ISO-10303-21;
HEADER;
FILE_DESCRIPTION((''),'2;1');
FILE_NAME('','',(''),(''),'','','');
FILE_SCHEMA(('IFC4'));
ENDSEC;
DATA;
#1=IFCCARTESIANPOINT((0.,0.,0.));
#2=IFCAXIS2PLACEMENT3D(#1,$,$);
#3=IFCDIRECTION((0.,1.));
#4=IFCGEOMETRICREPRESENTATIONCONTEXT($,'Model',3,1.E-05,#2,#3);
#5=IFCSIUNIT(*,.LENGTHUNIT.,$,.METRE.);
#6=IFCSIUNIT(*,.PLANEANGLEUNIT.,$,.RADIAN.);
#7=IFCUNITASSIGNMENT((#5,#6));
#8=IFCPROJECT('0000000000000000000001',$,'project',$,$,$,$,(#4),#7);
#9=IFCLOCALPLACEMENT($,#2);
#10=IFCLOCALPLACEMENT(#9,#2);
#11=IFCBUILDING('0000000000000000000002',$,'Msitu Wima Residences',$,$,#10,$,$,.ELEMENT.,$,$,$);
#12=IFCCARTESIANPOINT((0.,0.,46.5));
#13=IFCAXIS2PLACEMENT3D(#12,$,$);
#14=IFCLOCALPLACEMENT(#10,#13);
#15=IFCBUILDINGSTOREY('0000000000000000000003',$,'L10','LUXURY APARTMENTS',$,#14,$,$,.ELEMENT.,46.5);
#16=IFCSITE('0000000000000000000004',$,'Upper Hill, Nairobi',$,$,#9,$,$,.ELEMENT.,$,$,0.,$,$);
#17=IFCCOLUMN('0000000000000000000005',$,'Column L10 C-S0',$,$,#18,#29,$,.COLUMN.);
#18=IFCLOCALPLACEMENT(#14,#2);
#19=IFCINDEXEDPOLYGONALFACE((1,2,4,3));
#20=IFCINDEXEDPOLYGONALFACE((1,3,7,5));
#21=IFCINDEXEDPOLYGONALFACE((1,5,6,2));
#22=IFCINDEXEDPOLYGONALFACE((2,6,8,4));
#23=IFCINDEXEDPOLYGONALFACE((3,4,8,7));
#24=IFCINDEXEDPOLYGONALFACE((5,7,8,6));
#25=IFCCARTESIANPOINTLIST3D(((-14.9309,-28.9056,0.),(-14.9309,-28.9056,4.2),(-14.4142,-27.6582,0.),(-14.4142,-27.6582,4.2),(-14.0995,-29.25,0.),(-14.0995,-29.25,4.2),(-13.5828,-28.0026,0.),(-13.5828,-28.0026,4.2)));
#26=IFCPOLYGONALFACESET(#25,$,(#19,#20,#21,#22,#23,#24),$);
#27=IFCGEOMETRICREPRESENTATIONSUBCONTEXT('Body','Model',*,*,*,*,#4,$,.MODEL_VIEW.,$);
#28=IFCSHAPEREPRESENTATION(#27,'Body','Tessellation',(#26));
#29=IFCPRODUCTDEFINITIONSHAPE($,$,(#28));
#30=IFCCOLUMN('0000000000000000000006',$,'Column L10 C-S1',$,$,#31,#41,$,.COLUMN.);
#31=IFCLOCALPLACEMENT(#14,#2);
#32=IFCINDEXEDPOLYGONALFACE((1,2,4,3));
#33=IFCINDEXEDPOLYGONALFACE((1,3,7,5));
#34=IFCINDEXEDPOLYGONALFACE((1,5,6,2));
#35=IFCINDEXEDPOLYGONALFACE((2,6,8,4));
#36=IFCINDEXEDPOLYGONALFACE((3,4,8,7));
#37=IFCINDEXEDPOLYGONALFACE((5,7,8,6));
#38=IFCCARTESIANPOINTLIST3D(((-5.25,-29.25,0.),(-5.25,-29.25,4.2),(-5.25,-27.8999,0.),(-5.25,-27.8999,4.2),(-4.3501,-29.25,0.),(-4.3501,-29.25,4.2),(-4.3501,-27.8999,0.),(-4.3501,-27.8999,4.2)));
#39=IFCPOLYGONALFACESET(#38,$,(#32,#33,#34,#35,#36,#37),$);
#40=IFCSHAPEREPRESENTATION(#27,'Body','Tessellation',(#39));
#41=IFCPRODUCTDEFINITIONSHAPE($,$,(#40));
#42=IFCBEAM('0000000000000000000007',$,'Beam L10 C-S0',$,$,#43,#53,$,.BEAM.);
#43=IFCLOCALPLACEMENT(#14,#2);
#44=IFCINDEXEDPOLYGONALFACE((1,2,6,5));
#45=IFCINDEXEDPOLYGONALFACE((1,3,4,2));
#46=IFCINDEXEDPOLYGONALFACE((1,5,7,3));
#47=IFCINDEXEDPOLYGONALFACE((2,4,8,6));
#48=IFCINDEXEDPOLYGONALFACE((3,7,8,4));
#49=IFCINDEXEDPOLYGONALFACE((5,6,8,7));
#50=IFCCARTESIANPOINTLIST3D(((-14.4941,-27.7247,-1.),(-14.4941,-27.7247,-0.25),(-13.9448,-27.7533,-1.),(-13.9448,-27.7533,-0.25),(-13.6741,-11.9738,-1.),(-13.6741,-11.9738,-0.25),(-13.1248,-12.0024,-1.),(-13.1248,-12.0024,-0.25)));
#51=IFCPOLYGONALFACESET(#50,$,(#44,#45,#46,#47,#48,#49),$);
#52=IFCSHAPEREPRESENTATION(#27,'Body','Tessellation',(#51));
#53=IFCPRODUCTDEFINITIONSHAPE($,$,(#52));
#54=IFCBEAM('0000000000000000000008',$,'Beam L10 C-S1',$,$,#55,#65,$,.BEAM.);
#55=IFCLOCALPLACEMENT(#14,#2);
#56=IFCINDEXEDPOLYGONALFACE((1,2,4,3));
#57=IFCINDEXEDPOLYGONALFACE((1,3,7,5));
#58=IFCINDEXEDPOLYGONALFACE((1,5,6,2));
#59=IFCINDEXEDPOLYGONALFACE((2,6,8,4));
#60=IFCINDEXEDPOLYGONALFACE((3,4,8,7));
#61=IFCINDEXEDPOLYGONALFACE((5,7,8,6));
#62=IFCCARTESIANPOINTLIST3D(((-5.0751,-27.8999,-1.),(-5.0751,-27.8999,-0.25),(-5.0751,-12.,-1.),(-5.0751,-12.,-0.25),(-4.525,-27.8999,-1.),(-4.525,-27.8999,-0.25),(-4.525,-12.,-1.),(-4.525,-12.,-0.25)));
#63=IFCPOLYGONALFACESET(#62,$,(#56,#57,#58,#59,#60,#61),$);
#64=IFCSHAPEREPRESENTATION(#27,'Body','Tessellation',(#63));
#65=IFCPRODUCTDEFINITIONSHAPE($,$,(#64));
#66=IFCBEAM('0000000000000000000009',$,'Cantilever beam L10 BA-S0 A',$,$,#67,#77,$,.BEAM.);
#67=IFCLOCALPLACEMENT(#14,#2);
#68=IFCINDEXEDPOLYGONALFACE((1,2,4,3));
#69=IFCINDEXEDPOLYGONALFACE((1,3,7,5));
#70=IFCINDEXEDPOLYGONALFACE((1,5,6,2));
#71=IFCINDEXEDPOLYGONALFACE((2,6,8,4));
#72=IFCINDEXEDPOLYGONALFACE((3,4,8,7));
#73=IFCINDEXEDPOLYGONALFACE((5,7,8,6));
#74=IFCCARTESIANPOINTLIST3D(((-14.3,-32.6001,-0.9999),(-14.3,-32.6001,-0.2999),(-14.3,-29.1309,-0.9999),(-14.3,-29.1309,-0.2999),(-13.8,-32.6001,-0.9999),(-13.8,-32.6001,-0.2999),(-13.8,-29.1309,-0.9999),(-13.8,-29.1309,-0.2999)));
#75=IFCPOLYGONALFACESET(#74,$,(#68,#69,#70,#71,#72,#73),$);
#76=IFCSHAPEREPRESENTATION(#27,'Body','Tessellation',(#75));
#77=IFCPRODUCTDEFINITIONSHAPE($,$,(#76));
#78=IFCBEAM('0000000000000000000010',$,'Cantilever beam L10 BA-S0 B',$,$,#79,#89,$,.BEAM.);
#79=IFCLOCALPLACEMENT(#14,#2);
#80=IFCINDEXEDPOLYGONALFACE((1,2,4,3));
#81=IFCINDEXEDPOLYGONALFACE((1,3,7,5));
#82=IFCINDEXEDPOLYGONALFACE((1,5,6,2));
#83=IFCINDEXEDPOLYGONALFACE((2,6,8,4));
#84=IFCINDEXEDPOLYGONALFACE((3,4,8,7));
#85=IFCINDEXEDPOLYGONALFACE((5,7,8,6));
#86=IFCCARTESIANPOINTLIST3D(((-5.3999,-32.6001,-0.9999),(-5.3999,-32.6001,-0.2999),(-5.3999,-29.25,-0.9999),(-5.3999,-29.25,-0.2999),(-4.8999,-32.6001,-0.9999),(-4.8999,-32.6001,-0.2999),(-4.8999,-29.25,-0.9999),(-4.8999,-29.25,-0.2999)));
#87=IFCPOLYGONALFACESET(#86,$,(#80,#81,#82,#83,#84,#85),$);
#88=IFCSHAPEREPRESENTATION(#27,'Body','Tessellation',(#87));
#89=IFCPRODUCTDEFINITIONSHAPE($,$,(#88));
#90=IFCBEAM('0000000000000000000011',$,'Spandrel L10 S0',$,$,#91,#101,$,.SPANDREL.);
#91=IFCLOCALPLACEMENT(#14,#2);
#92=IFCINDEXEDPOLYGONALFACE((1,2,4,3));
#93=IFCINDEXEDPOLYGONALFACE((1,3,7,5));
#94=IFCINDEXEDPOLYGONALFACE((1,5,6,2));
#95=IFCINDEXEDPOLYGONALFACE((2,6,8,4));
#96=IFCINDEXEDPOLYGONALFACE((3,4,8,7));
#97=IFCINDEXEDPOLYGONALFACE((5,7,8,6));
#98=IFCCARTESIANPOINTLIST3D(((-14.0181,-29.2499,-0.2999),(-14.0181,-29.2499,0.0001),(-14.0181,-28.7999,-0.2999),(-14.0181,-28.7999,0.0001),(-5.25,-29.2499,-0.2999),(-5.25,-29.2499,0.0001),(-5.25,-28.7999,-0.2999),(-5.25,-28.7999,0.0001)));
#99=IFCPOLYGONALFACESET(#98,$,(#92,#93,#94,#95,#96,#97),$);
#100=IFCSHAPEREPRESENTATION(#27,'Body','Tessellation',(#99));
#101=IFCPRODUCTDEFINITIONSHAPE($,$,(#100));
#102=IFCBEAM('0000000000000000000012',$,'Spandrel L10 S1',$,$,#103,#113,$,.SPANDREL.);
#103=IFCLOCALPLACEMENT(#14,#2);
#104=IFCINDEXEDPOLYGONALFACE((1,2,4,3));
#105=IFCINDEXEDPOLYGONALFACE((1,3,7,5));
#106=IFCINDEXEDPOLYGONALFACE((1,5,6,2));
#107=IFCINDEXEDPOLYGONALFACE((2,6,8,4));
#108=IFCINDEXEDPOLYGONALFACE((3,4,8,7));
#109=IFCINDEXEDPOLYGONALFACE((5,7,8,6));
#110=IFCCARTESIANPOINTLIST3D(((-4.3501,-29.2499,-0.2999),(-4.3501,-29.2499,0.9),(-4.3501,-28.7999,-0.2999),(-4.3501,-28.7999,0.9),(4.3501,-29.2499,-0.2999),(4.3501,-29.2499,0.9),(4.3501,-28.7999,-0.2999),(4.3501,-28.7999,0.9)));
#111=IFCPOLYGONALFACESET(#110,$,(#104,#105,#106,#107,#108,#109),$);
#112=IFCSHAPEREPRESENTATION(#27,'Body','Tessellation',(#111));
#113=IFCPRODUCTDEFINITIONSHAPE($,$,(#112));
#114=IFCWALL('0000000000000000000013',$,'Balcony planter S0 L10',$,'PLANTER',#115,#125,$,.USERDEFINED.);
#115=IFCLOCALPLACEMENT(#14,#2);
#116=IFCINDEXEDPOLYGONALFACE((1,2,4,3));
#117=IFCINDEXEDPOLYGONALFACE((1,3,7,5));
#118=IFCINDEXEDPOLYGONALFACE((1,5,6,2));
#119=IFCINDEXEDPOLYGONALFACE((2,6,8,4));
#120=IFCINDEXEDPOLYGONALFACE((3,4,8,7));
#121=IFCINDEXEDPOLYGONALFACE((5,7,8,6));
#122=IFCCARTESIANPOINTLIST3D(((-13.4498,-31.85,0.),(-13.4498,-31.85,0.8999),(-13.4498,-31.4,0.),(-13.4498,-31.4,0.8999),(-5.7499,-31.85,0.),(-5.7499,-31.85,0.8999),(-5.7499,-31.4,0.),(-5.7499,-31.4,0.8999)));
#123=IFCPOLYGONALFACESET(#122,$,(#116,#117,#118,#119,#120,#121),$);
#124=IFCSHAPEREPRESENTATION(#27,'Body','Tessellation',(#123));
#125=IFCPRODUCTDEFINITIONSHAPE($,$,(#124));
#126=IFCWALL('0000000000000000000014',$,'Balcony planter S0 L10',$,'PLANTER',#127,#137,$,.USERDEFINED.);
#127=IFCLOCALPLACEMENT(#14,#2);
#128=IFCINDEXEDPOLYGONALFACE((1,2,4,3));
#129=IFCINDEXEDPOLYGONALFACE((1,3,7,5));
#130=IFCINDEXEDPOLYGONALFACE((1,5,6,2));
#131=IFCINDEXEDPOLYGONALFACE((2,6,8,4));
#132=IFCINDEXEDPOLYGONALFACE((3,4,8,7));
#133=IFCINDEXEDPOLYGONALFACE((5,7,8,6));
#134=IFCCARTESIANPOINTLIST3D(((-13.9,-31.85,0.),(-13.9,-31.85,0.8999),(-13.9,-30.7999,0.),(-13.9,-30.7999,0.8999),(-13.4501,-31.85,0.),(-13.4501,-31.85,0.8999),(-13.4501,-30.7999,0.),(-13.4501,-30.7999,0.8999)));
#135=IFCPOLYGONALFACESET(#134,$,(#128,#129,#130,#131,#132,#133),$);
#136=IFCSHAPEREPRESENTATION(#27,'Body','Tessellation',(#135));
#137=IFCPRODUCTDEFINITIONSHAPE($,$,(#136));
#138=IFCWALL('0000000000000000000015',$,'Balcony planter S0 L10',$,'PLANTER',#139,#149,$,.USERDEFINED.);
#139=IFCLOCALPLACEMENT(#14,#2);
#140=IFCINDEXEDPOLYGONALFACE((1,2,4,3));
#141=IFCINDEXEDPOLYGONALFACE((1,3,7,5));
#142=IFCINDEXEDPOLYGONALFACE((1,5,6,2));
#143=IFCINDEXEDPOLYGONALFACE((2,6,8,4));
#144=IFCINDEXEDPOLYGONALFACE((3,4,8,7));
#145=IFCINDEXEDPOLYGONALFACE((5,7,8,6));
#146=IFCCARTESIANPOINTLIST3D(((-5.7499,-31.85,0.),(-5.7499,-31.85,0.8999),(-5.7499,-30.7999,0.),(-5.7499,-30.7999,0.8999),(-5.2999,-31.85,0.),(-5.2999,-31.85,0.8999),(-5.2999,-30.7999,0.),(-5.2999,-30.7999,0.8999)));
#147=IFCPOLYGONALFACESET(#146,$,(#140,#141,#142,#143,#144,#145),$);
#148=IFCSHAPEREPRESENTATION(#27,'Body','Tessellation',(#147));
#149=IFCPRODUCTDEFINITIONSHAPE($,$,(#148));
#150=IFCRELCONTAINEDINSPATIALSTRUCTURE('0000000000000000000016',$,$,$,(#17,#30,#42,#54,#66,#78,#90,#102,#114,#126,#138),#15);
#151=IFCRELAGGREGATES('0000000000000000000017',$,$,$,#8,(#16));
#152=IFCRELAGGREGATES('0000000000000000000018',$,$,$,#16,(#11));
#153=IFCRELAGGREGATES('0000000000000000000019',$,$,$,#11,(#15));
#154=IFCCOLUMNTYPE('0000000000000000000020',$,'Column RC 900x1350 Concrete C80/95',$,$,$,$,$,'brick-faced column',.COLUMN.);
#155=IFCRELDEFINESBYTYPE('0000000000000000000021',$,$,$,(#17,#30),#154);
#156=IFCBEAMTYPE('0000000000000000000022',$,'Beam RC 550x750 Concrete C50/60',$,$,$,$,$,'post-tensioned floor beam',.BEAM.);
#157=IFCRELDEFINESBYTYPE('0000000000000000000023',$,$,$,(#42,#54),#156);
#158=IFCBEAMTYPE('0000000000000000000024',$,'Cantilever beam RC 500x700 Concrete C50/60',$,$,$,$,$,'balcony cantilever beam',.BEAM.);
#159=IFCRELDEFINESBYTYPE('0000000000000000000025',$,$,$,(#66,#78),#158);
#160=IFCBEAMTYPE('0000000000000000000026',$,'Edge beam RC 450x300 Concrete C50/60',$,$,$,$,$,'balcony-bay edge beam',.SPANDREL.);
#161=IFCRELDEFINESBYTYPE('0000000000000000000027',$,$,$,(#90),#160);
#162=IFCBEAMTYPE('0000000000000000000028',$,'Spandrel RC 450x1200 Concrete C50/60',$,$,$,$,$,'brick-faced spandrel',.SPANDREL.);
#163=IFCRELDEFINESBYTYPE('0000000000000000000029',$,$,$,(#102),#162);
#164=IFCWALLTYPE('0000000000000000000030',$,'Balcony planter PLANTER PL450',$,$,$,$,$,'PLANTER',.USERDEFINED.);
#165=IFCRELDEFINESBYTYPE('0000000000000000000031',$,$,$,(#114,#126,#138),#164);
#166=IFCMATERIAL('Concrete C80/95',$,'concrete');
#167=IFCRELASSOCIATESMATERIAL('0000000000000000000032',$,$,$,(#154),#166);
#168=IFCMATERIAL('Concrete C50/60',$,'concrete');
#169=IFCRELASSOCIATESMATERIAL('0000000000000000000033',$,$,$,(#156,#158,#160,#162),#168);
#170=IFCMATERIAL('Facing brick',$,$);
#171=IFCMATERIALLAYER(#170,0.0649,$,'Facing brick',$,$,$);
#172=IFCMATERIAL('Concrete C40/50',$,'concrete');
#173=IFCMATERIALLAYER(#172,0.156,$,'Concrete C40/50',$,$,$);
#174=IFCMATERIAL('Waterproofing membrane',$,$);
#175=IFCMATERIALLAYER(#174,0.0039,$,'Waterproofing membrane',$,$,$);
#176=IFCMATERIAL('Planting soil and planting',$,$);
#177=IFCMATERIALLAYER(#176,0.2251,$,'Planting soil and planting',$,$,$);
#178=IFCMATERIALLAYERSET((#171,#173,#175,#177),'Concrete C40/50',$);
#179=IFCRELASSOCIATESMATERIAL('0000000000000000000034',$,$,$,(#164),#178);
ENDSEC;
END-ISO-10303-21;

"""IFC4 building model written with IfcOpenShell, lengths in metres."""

from ifc_helpers import new_model, si_unit, direction, frame, frame_2d, origin, origin_2d, place, context, subcontext, project, spatial, rectangle, extrude, material, layer, layer_set, material_profile, profile_set, type_object, element, save


model = new_model("IFC4")

# Units and contexts
model_context = context("Model", 3, precision=1e-05, world=origin(), true_north=direction((0.0, 1.0)))
body_context = subcontext(model_context, "Body", "Model", "MODEL_VIEW")
ifc_project = project(units=[si_unit("LENGTHUNIT", "METRE"), si_unit("PLANEANGLEUNIT", "RADIAN")], contexts=[model_context])

# Site, building, storey
site_placement = place(None, origin())
site = spatial("IfcSite", under=ifc_project, at=site_placement, Name="Upper Hill, Nairobi", CompositionType="ELEMENT", RefElevation=0.0)
building_placement = place(site_placement, origin())
building = spatial("IfcBuilding", under=site, at=building_placement, Name="Msitu Wima Residences", CompositionType="ELEMENT")
storey_placement = place(building_placement, frame((0.0, 0.0, 46.5)))
storey = spatial("IfcBuildingStorey", under=building, at=storey_placement, Name="L10", Description="LUXURY APARTMENTS", CompositionType="ELEMENT", Elevation=46.5)

# Columns
ifc_material_1 = material(Name="Concrete C80/95", Category="concrete")
ifc_material_profile_1 = material_profile(ifc_material_1, rectangle(XDim=0.8999, YDim=1.3501, at=origin_2d()), Name="RC 900x1350")
ifc_profile_set_1 = profile_set([ifc_material_profile_1], Name="Concrete C80/95")
column_type = type_object("IfcColumnType", Name="Column RC 900x1350 Concrete C80/95", ElementType="brick-faced column", PredefinedType="COLUMN", material=ifc_profile_set_1)
for number, where, z_axis, x_axis, name in (
    (1, (-14.2568, -28.4541, 0.0), (0.0, 0.0, 1.0), (0.92388, -0.382683, 0.0), "Column L10 C-S0"),
    (2, (-4.8, -28.575, 0.0), (0.0, 0.0, 1.0), (1.0, 0.0, 0.0), "Column L10 C-S1"),
):
    element("IfcColumn", number, at=place(storey_placement, frame(where, z_axis=z_axis, x_axis=x_axis)), inside=storey, type_object=column_type, Name=name, PredefinedType="COLUMN", context=body_context, shape_type="SweptSolid", body=[
        extrude(rectangle(XDim=0.8999, YDim=1.3501, at=origin_2d()), origin(), (0.0, 0.0, 1.0), 4.2),
    ])

# Beams
ifc_material_2 = material(Name="Concrete C50/60", Category="concrete")
ifc_material_profile_2 = material_profile(ifc_material_2, rectangle(XDim=0.55, YDim=0.75, at=origin_2d()), Name="RC 550x750")
ifc_profile_set_2 = profile_set([ifc_material_profile_2], Name="Concrete C50/60")
beam_type_1 = type_object("IfcBeamType", Name="Beam RC 550x750 Concrete C50/60", ElementType="post-tensioned floor beam", PredefinedType="BEAM", material=ifc_profile_set_2)
beam_1_placement = place(storey_placement, frame((-14.2195, -27.739, -0.625), z_axis=(0.051994, 0.998647, 0.0), x_axis=(-0.998647, 0.051994, 0.0)))
element("IfcBeam", 3, at=beam_1_placement, inside=storey, type_object=beam_type_1, Name="Beam L10 C-S0", PredefinedType="BEAM", context=body_context, shape_type="SweptSolid", body=[
    extrude(rectangle(XDim=0.55, YDim=0.75, at=origin_2d()), origin(), (0.0, 0.0, 1.0), 15.7722),
])
beam_2_placement = place(storey_placement, frame((-4.8, -27.8999, -0.625), z_axis=(0.0, 1.0, 0.0), x_axis=(-1.0, 0.0, 0.0)))
element("IfcBeam", 4, at=beam_2_placement, inside=storey, type_object=beam_type_1, Name="Beam L10 C-S1", PredefinedType="BEAM", context=body_context, shape_type="SweptSolid", body=[
    extrude(rectangle(XDim=0.55, YDim=0.75, at=origin_2d()), origin(), (0.0, 0.0, 1.0), 15.8999),
])
ifc_material_profile_3 = material_profile(ifc_material_2, rectangle(XDim=0.5, YDim=0.7, at=origin_2d()), Name="RC 500x700")
ifc_profile_set_3 = profile_set([ifc_material_profile_3], Name="Concrete C50/60")
beam_type_2 = type_object("IfcBeamType", Name="Cantilever beam RC 500x700 Concrete C50/60", ElementType="balcony cantilever beam", PredefinedType="BEAM", material=ifc_profile_set_3)
beam_3_placement = place(storey_placement, frame((-14.05, -29.1309, -0.6499), z_axis=(0.0, -1.0, 0.0), x_axis=(1.0, 0.0, 0.0)))
element("IfcBeam", 5, at=beam_3_placement, inside=storey, type_object=beam_type_2, Name="Cantilever beam L10 BA-S0 A", PredefinedType="BEAM", context=body_context, shape_type="SweptSolid", body=[
    extrude(rectangle(XDim=0.5, YDim=0.7, at=origin_2d()), origin(), (0.0, 0.0, 1.0), 3.4692),
])
beam_4_placement = place(storey_placement, frame((-5.1499, -29.25, -0.6499), z_axis=(0.0, -1.0, 0.0), x_axis=(1.0, 0.0, 0.0)))
element("IfcBeam", 6, at=beam_4_placement, inside=storey, type_object=beam_type_2, Name="Cantilever beam L10 BA-S0 B", PredefinedType="BEAM", context=body_context, shape_type="SweptSolid", body=[
    extrude(rectangle(XDim=0.5, YDim=0.7, at=origin_2d()), origin(), (0.0, 0.0, 1.0), 3.3501),
])
ifc_material_profile_4 = material_profile(ifc_material_2, rectangle(XDim=0.45, YDim=0.3, at=origin_2d()), Name="RC 450x300")
ifc_profile_set_4 = profile_set([ifc_material_profile_4], Name="Concrete C50/60")
beam_type_3 = type_object("IfcBeamType", Name="Edge beam RC 450x300 Concrete C50/60", ElementType="balcony-bay edge beam", PredefinedType="SPANDREL", material=ifc_profile_set_4)
beam_5_placement = place(storey_placement, frame((-14.0181, -29.0249, -0.1499), z_axis=(1.0, 0.0, 0.0), x_axis=(0.0, 1.0, 0.0)))
element("IfcBeam", 7, at=beam_5_placement, inside=storey, type_object=beam_type_3, Name="Spandrel L10 S0", PredefinedType="SPANDREL", context=body_context, shape_type="SweptSolid", body=[
    extrude(rectangle(XDim=0.45, YDim=0.3, at=origin_2d()), origin(), (0.0, 0.0, 1.0), 8.7681),
])
ifc_material_profile_5 = material_profile(ifc_material_2, rectangle(XDim=0.45, YDim=1.2, at=origin_2d()), Name="RC 450x1200")
ifc_profile_set_5 = profile_set([ifc_material_profile_5], Name="Concrete C50/60")
beam_type_4 = type_object("IfcBeamType", Name="Spandrel RC 450x1200 Concrete C50/60", ElementType="brick-faced spandrel", PredefinedType="SPANDREL", material=ifc_profile_set_5)
beam_6_placement = place(storey_placement, frame((-4.3501, -29.0249, 0.3), z_axis=(1.0, 0.0, 0.0), x_axis=(0.0, 1.0, 0.0)))
element("IfcBeam", 8, at=beam_6_placement, inside=storey, type_object=beam_type_4, Name="Spandrel L10 S1", PredefinedType="SPANDREL", context=body_context, shape_type="SweptSolid", body=[
    extrude(rectangle(XDim=0.45, YDim=1.2, at=origin_2d()), origin(), (0.0, 0.0, 1.0), 8.7002),
])

# Walls
ifc_material_3 = material(Name="Facing brick")
ifc_layer_1 = layer(ifc_material_3, 0.0649, Name="Facing brick")
ifc_material_4 = material(Name="Concrete C40/50", Category="concrete")
ifc_layer_2 = layer(ifc_material_4, 0.156, Name="Concrete C40/50")
ifc_material_5 = material(Name="Waterproofing membrane")
ifc_layer_3 = layer(ifc_material_5, 0.0039, Name="Waterproofing membrane")
ifc_material_6 = material(Name="Planting soil and planting")
ifc_layer_4 = layer(ifc_material_6, 0.2251, Name="Planting soil and planting")
ifc_layer_set_1 = layer_set([ifc_layer_1, ifc_layer_2, ifc_layer_3, ifc_layer_4], Name="Concrete C40/50")
wall_type_1 = type_object("IfcWallType", Name="Balcony planter PLANTER PL450", ElementType="PLANTER", PredefinedType="USERDEFINED", material=ifc_layer_set_1)
wall_1_placement = place(storey_placement, frame((-13.45, -31.625, 0.0), z_axis=(0.0, 0.0, 1.0), x_axis=(1.0, 0.0, 0.0)))
element("IfcWall", 9, at=wall_1_placement, inside=storey, type_object=wall_type_1, Name="Balcony planter S0 L10", ObjectType="PLANTER", PredefinedType="USERDEFINED", context=body_context, shape_type="SweptSolid", body=[
    extrude(rectangle(XDim=7.7, YDim=0.45, at=frame_2d((3.8501, 0.0))), origin(), (0.0, 0.0, 1.0), 0.8999),
])
for number, where, z_axis, x_axis, name in (
    (10, (-13.675, -30.8, 0.0), (0.0, 0.0, 1.0), (0.0, -1.0, 0.0), "Balcony planter S0 L10"),
    (11, (-5.5249, -30.8, 0.0), (0.0, 0.0, 1.0), (0.0, -1.0, 0.0), "Balcony planter S0 L10"),
):
    element("IfcWall", number, at=place(storey_placement, frame(where, z_axis=z_axis, x_axis=x_axis)), inside=storey, type_object=wall_type_1, Name=name, ObjectType="PLANTER", PredefinedType="USERDEFINED", context=body_context, shape_type="SweptSolid", body=[
        extrude(rectangle(XDim=1.05, YDim=0.45, at=frame_2d((0.5249, 0.0))), origin(), (0.0, 0.0, 1.0), 0.8999),
    ])

save(model, "model.ifc")
